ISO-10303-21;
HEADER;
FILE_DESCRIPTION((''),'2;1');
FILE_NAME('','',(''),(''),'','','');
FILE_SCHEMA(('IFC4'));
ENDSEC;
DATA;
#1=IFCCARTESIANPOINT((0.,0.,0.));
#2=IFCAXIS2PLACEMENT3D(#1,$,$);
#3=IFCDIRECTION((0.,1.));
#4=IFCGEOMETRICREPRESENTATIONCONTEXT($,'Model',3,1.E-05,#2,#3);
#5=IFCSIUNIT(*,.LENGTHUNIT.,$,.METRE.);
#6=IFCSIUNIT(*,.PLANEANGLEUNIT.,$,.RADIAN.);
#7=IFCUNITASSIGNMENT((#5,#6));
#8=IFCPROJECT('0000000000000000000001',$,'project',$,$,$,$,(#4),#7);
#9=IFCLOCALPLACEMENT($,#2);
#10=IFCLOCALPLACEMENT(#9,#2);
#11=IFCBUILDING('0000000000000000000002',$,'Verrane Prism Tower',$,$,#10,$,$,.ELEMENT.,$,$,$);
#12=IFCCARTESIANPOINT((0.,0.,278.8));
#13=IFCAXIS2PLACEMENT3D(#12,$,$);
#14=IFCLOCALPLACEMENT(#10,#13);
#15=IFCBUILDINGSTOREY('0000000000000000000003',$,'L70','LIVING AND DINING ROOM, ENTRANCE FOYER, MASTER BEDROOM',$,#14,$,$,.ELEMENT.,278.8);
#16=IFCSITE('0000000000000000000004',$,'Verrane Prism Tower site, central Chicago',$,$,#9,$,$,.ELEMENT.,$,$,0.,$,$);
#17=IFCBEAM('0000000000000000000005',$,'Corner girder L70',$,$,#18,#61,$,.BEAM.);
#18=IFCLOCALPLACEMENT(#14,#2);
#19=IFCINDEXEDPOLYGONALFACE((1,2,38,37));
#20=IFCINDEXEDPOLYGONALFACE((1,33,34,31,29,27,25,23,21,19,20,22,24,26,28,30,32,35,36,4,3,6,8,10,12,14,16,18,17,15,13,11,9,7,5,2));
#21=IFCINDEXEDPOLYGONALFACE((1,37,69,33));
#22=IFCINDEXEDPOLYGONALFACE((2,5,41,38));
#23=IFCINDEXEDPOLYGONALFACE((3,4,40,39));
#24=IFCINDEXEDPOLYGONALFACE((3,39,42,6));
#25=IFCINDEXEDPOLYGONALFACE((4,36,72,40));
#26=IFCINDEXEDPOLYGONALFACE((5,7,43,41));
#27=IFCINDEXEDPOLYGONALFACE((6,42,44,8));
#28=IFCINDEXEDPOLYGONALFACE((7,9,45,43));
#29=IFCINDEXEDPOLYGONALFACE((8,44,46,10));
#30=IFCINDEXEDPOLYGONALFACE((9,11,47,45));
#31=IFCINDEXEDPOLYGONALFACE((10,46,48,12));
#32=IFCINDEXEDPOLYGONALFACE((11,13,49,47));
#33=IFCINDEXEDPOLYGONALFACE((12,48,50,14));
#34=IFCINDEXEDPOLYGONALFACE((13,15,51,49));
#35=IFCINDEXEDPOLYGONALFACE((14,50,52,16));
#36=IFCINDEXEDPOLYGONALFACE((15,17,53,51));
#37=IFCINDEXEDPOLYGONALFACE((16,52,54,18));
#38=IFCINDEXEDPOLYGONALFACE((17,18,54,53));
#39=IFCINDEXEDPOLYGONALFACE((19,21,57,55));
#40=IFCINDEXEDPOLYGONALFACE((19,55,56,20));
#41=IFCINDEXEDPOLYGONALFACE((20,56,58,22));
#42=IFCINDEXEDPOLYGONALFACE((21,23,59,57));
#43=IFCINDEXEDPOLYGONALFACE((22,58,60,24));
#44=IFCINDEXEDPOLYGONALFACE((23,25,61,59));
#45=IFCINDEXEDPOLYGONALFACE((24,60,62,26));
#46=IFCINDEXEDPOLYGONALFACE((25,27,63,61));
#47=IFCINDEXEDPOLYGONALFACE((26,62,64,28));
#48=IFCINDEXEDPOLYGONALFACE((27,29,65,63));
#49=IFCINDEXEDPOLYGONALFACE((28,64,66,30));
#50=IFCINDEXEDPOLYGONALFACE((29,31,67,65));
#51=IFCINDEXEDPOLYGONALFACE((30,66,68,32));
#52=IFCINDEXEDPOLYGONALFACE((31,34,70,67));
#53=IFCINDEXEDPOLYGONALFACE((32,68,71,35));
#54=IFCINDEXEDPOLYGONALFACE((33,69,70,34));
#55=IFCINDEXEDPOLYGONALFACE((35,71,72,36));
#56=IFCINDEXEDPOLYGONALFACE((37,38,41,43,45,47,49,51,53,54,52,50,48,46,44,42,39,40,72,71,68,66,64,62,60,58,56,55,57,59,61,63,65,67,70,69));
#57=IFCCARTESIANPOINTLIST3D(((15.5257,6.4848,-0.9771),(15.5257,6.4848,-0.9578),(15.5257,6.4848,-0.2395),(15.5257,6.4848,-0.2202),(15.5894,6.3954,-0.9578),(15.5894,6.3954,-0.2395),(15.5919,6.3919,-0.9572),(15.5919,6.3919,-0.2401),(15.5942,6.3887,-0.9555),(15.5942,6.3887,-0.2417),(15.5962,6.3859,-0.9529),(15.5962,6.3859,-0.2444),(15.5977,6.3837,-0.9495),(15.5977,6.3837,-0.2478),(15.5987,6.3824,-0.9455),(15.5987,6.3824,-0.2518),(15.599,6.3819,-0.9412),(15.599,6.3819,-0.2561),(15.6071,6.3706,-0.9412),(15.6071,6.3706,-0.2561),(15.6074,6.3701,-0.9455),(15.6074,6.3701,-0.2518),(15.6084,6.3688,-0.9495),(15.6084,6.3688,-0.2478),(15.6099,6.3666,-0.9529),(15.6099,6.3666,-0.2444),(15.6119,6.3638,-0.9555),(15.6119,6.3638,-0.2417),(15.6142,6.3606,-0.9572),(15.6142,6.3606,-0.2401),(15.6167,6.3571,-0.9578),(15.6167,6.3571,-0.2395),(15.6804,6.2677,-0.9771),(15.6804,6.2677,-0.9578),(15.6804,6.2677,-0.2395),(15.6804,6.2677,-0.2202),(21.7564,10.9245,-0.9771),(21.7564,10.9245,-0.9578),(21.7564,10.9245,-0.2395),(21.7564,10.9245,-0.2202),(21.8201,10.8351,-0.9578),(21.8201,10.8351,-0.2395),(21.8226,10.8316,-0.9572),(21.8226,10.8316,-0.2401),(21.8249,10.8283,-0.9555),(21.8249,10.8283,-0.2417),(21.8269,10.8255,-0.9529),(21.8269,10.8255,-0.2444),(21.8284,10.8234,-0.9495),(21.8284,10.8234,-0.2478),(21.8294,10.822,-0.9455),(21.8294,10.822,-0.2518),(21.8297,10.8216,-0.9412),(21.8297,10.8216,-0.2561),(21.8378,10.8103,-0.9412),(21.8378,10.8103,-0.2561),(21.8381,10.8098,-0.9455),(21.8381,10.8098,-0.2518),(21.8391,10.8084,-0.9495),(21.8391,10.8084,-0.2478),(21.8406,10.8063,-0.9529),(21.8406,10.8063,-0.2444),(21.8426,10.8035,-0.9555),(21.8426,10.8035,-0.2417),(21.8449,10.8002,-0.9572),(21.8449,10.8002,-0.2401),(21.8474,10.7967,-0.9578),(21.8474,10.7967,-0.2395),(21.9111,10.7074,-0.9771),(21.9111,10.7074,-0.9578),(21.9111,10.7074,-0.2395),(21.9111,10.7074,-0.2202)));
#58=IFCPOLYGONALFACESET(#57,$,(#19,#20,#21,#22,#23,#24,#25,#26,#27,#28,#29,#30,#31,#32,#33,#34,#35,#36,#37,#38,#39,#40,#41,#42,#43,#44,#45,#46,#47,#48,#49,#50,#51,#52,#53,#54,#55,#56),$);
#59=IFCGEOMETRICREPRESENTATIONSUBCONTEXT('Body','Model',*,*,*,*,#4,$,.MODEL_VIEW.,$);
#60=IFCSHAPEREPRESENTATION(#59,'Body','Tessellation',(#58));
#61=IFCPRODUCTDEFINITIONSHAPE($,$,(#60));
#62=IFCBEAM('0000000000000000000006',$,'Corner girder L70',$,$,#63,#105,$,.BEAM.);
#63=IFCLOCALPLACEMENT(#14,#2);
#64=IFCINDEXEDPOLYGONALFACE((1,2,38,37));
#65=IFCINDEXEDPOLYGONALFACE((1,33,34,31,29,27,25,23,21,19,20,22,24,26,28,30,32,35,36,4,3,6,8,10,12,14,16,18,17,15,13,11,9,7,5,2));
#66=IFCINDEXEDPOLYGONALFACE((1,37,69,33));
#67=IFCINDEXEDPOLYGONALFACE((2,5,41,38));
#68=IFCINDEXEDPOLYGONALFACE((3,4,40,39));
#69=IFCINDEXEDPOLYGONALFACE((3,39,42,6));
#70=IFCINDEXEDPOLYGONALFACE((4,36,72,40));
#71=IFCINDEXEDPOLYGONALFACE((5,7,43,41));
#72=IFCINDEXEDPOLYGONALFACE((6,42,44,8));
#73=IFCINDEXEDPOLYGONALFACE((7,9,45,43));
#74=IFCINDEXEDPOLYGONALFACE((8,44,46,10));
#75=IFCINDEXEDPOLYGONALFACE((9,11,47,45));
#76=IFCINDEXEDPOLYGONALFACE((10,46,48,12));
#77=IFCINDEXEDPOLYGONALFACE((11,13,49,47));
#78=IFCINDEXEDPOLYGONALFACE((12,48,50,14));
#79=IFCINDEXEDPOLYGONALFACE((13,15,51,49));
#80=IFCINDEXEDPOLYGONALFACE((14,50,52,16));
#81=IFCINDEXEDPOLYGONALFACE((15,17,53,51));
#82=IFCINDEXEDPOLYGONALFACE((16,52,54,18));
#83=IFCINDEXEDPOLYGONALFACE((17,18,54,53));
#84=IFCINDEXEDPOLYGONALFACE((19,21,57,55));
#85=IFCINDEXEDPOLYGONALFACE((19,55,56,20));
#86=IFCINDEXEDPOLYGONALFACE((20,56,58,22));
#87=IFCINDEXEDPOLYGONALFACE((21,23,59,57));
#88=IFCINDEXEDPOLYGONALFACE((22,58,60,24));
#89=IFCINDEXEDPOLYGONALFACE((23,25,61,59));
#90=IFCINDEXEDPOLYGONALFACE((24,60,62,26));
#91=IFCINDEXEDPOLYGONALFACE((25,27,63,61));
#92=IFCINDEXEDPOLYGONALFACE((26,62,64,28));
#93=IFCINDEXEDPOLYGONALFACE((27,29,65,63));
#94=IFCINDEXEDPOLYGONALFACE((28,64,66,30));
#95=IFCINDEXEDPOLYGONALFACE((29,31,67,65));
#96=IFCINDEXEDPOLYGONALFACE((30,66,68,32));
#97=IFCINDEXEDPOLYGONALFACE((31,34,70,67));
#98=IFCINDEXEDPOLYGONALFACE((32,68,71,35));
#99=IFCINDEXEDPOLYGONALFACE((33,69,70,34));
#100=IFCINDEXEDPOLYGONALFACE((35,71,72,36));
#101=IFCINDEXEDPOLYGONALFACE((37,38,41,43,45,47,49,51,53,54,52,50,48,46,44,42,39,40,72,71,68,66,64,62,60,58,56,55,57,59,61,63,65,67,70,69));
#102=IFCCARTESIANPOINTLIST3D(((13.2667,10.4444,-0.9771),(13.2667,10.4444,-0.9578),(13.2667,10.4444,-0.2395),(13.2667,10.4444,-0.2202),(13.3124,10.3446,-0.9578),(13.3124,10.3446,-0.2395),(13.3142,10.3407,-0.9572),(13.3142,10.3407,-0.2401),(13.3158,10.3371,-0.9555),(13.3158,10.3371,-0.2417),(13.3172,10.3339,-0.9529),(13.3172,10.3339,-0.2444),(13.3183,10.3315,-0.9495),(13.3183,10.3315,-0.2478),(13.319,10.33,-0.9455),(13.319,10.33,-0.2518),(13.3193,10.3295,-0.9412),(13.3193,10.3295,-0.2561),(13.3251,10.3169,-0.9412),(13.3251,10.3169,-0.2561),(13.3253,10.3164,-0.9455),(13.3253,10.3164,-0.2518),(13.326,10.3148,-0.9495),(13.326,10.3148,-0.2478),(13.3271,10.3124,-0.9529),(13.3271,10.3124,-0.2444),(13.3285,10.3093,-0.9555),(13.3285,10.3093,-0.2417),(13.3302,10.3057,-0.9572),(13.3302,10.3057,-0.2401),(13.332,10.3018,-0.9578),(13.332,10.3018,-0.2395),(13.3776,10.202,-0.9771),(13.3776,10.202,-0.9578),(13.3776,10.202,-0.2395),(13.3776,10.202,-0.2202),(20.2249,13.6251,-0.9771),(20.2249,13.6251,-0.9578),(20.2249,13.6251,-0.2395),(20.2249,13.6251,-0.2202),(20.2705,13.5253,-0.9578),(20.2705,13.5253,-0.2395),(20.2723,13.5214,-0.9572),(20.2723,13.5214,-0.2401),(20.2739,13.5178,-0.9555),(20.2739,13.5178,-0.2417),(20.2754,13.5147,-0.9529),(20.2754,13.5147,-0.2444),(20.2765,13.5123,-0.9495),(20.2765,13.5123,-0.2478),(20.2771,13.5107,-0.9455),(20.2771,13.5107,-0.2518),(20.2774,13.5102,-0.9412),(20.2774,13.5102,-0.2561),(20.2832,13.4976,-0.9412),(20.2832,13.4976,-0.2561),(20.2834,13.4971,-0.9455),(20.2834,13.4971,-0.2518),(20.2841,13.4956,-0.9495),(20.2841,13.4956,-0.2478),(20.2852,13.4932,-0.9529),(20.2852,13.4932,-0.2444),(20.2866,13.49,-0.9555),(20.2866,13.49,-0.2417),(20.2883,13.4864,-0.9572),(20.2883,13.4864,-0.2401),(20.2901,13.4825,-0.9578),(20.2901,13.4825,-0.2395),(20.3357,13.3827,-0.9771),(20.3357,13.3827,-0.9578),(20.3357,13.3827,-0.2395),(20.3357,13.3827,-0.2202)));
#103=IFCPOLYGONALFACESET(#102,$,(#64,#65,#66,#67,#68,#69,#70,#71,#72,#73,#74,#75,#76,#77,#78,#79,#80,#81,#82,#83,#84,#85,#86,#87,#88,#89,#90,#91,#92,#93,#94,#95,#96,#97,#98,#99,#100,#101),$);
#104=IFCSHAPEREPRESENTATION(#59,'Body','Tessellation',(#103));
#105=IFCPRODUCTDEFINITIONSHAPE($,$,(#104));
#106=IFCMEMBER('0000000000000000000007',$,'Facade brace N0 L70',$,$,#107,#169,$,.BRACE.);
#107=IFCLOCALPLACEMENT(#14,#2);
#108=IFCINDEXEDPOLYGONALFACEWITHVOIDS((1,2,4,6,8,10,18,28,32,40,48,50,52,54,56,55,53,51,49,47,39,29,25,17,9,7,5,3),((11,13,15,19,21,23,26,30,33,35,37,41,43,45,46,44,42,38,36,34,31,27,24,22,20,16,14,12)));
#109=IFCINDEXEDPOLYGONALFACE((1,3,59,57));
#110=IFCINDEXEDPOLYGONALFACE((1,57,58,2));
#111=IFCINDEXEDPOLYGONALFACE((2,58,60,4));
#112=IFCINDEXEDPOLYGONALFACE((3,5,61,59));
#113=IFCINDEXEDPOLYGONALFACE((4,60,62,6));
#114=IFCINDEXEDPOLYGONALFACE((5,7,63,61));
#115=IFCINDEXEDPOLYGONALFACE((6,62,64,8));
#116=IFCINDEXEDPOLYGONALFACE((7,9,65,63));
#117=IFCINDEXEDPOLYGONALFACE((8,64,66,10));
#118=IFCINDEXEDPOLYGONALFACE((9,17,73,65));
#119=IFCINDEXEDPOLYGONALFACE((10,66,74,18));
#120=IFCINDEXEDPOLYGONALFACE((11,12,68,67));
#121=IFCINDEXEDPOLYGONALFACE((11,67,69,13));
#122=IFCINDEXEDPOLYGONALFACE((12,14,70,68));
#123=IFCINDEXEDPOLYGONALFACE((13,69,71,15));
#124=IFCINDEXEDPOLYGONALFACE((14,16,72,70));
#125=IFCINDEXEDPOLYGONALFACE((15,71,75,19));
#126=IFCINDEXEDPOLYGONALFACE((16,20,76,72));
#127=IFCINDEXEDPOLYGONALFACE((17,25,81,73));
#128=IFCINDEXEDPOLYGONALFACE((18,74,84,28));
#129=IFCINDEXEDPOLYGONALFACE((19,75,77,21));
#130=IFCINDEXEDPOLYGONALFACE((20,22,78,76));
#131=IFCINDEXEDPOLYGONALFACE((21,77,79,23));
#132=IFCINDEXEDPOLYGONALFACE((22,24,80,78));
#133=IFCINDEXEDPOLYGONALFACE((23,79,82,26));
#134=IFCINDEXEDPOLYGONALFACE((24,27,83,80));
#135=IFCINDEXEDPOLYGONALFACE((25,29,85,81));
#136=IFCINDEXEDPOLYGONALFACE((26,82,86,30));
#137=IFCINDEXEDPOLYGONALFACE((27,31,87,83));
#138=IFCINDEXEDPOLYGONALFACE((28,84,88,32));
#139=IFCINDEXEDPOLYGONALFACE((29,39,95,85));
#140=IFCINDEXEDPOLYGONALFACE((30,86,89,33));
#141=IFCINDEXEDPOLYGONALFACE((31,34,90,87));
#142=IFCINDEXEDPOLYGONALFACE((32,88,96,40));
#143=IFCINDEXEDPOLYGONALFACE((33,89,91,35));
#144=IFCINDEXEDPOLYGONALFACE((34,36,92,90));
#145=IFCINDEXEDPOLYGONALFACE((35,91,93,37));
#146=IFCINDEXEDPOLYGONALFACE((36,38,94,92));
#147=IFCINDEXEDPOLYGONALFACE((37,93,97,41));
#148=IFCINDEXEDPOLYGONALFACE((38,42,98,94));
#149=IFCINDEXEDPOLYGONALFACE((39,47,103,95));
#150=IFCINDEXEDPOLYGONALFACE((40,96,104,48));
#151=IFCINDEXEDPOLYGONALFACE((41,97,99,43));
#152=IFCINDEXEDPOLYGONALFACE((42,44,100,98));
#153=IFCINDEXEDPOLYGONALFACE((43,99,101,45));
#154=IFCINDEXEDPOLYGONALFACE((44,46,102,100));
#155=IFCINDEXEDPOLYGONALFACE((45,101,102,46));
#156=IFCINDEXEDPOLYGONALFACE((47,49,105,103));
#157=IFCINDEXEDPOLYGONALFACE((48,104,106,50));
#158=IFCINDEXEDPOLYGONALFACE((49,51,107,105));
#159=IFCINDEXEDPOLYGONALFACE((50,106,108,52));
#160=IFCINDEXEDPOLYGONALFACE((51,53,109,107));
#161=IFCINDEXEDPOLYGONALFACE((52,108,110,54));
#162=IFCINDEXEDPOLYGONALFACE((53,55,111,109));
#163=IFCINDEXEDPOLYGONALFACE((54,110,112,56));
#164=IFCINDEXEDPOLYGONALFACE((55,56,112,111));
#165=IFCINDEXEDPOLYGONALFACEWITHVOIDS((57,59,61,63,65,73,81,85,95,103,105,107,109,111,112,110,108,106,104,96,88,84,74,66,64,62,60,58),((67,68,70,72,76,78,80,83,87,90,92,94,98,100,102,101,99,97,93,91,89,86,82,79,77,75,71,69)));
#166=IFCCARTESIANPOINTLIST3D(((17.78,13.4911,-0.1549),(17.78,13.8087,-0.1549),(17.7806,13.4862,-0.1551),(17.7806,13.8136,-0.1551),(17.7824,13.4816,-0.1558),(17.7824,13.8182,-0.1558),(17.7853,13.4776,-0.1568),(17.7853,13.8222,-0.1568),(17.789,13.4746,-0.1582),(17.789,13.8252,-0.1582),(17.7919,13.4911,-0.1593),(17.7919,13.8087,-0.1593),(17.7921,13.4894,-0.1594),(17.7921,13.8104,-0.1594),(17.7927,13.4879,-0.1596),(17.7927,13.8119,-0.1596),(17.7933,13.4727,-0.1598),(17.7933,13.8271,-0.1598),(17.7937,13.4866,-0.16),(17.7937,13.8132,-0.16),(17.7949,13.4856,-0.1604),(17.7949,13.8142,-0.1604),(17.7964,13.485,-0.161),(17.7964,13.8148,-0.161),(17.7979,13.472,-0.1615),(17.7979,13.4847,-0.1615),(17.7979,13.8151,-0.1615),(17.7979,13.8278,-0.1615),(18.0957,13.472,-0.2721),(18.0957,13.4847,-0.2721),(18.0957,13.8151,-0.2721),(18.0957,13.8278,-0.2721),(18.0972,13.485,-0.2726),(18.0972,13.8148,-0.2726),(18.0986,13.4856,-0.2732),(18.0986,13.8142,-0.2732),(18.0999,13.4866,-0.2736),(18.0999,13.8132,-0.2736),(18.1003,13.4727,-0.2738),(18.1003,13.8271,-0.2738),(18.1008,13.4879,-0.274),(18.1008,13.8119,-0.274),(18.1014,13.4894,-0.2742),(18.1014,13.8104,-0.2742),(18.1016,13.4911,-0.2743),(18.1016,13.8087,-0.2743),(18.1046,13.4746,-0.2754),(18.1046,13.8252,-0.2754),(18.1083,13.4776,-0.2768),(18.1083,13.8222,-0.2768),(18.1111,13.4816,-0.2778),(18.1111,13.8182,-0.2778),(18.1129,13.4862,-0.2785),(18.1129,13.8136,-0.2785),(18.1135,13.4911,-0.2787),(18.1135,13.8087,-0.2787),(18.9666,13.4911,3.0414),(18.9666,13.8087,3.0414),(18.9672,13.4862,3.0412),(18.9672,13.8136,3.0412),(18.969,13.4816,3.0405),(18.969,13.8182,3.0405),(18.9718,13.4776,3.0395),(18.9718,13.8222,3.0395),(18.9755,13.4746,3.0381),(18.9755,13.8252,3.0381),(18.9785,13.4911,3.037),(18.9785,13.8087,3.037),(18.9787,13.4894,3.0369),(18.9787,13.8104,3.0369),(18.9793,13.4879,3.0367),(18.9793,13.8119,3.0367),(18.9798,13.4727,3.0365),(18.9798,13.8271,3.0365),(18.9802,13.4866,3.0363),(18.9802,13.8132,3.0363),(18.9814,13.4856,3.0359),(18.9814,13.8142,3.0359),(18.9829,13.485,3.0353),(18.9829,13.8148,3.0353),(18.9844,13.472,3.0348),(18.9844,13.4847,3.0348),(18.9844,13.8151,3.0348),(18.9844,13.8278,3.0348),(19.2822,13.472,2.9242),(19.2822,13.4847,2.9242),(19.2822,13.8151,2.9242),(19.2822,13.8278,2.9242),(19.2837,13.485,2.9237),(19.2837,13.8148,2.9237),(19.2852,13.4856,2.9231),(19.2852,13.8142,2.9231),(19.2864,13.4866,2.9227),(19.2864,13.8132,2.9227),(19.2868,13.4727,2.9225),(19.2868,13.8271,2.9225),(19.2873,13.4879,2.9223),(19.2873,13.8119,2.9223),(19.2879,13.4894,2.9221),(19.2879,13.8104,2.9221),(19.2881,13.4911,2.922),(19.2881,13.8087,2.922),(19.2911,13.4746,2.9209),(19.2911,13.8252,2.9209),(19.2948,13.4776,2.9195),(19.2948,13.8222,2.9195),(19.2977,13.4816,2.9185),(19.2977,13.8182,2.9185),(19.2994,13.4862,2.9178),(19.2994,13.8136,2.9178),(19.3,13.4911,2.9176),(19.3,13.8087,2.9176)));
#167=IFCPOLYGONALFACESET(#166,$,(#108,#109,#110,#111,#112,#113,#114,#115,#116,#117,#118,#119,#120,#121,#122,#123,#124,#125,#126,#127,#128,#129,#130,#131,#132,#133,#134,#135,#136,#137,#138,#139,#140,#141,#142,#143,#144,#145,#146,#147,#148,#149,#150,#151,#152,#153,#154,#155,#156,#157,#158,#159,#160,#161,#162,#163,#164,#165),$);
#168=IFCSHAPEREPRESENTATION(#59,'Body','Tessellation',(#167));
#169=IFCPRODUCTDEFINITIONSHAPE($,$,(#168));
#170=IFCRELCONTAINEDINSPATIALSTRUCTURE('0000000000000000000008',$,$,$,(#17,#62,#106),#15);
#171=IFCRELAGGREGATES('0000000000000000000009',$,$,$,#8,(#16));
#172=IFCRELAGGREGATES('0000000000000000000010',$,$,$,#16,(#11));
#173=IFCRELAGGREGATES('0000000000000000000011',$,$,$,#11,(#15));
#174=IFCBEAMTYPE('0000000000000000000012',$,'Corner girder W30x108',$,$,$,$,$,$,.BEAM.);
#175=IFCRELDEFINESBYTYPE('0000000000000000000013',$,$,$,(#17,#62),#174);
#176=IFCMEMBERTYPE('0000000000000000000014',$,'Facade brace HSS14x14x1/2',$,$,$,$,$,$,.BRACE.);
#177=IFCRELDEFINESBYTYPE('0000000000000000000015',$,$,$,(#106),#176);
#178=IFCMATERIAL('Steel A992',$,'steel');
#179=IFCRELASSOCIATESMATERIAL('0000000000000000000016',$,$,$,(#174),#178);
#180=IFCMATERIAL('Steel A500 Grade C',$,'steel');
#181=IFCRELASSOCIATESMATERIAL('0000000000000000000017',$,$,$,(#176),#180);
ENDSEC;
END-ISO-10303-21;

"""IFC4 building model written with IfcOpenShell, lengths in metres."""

from ifc_helpers import new_model, si_unit, direction, frame, origin, origin_2d, place, context, subcontext, project, spatial, hollow_rectangle, i_section, extrude, material, material_profile, profile_set, type_object, element, save


model = new_model("IFC4")

# Units and contexts
model_context = context("Model", 3, precision=1e-05, world=origin(), true_north=direction((0.0, 1.0)))
body_context = subcontext(model_context, "Body", "Model", "MODEL_VIEW")
ifc_project = project(units=[si_unit("LENGTHUNIT", "METRE"), si_unit("PLANEANGLEUNIT", "RADIAN")], contexts=[model_context])

# Site, building, storey
site_placement = place(None, origin())
site = spatial("IfcSite", under=ifc_project, at=site_placement, Name="Verrane Prism Tower site, central Chicago", CompositionType="ELEMENT", RefElevation=0.0)
building_placement = place(site_placement, origin())
building = spatial("IfcBuilding", under=site, at=building_placement, Name="Verrane Prism Tower", CompositionType="ELEMENT")
storey_placement = place(building_placement, frame((0.0, 0.0, 278.8)))
storey = spatial("IfcBuildingStorey", under=building, at=storey_placement, Name="L70", Description="LIVING AND DINING ROOM, ENTRANCE FOYER, MASTER BEDROOM", CompositionType="ELEMENT", Elevation=278.8)

# Beams
ifc_material_1 = material(Name="Steel A992", Category="steel")
ifc_material_profile_1 = material_profile(ifc_material_1, i_section(OverallWidth=0.2666, OverallDepth=0.7568, WebThickness=0.0139, FlangeThickness=0.0193, FilletRadius=0.0166, at=origin_2d()), Name="W30x108")
ifc_profile_set_1 = profile_set([ifc_material_profile_1], Name="Steel A992")
beam_type_1 = type_object("IfcBeamType", Name="Corner girder W30x108", PredefinedType="BEAM", material=ifc_profile_set_1)
for number, where, z_axis, x_axis, name in (
    (1, (21.8337, 10.8159, -0.5986), (-0.814401, -0.580302, 0.0), (0.580302, -0.814401, 0.0), "Corner girder L70"),
    (2, (20.2803, 13.5039, -0.5986), (-0.909481, -0.415745, 0.0), (0.415745, -0.909481, 0.0), "Corner girder L70"),
):
    element("IfcBeam", number, at=place(storey_placement, frame(where, z_axis=z_axis, x_axis=x_axis)), inside=storey, type_object=beam_type_1, Name=name, PredefinedType="BEAM", context=body_context, shape_type="SweptSolid", body=[
        extrude(i_section(OverallWidth=0.2666, OverallDepth=0.7568, WebThickness=0.0139, FlangeThickness=0.0193, FilletRadius=0.0166, at=origin_2d()), origin(), (0.0, 0.0, 1.0), 7.6506),
    ])

# Member
ifc_material_2 = material(Name="Steel A500 Grade C", Category="steel")
ifc_material_profile_2 = material_profile(ifc_material_2, hollow_rectangle(XDim=0.3557, YDim=0.3557, WallThickness=0.0127, InnerFilletRadius=0.0063, OuterFilletRadius=0.019, at=origin_2d()), Name="HSS14x14x1/2")
ifc_profile_set_2 = profile_set([ifc_material_profile_2], Name="Steel A500 Grade C")
member_type_1 = type_object("IfcMemberType", Name="Facade brace HSS14x14x1/2", PredefinedType="BRACE", material=ifc_profile_set_2)
member_1_placement = place(storey_placement, frame((17.9468, 13.6499, -0.2168), z_axis=(0.348014, 0.0, 0.937489), x_axis=(0.0, 1.0, 0.0)))
element("IfcMember", 3, at=member_1_placement, inside=storey, type_object=member_type_1, Name="Facade brace N0 L70", PredefinedType="BRACE", context=body_context, shape_type="SweptSolid", body=[
    extrude(hollow_rectangle(XDim=0.3557, YDim=0.3557, WallThickness=0.0127, InnerFilletRadius=0.0063, OuterFilletRadius=0.019, at=origin_2d()), origin(), (0.0, 0.0, 1.0), 3.4094),
])

save(model, "model.ifc")
